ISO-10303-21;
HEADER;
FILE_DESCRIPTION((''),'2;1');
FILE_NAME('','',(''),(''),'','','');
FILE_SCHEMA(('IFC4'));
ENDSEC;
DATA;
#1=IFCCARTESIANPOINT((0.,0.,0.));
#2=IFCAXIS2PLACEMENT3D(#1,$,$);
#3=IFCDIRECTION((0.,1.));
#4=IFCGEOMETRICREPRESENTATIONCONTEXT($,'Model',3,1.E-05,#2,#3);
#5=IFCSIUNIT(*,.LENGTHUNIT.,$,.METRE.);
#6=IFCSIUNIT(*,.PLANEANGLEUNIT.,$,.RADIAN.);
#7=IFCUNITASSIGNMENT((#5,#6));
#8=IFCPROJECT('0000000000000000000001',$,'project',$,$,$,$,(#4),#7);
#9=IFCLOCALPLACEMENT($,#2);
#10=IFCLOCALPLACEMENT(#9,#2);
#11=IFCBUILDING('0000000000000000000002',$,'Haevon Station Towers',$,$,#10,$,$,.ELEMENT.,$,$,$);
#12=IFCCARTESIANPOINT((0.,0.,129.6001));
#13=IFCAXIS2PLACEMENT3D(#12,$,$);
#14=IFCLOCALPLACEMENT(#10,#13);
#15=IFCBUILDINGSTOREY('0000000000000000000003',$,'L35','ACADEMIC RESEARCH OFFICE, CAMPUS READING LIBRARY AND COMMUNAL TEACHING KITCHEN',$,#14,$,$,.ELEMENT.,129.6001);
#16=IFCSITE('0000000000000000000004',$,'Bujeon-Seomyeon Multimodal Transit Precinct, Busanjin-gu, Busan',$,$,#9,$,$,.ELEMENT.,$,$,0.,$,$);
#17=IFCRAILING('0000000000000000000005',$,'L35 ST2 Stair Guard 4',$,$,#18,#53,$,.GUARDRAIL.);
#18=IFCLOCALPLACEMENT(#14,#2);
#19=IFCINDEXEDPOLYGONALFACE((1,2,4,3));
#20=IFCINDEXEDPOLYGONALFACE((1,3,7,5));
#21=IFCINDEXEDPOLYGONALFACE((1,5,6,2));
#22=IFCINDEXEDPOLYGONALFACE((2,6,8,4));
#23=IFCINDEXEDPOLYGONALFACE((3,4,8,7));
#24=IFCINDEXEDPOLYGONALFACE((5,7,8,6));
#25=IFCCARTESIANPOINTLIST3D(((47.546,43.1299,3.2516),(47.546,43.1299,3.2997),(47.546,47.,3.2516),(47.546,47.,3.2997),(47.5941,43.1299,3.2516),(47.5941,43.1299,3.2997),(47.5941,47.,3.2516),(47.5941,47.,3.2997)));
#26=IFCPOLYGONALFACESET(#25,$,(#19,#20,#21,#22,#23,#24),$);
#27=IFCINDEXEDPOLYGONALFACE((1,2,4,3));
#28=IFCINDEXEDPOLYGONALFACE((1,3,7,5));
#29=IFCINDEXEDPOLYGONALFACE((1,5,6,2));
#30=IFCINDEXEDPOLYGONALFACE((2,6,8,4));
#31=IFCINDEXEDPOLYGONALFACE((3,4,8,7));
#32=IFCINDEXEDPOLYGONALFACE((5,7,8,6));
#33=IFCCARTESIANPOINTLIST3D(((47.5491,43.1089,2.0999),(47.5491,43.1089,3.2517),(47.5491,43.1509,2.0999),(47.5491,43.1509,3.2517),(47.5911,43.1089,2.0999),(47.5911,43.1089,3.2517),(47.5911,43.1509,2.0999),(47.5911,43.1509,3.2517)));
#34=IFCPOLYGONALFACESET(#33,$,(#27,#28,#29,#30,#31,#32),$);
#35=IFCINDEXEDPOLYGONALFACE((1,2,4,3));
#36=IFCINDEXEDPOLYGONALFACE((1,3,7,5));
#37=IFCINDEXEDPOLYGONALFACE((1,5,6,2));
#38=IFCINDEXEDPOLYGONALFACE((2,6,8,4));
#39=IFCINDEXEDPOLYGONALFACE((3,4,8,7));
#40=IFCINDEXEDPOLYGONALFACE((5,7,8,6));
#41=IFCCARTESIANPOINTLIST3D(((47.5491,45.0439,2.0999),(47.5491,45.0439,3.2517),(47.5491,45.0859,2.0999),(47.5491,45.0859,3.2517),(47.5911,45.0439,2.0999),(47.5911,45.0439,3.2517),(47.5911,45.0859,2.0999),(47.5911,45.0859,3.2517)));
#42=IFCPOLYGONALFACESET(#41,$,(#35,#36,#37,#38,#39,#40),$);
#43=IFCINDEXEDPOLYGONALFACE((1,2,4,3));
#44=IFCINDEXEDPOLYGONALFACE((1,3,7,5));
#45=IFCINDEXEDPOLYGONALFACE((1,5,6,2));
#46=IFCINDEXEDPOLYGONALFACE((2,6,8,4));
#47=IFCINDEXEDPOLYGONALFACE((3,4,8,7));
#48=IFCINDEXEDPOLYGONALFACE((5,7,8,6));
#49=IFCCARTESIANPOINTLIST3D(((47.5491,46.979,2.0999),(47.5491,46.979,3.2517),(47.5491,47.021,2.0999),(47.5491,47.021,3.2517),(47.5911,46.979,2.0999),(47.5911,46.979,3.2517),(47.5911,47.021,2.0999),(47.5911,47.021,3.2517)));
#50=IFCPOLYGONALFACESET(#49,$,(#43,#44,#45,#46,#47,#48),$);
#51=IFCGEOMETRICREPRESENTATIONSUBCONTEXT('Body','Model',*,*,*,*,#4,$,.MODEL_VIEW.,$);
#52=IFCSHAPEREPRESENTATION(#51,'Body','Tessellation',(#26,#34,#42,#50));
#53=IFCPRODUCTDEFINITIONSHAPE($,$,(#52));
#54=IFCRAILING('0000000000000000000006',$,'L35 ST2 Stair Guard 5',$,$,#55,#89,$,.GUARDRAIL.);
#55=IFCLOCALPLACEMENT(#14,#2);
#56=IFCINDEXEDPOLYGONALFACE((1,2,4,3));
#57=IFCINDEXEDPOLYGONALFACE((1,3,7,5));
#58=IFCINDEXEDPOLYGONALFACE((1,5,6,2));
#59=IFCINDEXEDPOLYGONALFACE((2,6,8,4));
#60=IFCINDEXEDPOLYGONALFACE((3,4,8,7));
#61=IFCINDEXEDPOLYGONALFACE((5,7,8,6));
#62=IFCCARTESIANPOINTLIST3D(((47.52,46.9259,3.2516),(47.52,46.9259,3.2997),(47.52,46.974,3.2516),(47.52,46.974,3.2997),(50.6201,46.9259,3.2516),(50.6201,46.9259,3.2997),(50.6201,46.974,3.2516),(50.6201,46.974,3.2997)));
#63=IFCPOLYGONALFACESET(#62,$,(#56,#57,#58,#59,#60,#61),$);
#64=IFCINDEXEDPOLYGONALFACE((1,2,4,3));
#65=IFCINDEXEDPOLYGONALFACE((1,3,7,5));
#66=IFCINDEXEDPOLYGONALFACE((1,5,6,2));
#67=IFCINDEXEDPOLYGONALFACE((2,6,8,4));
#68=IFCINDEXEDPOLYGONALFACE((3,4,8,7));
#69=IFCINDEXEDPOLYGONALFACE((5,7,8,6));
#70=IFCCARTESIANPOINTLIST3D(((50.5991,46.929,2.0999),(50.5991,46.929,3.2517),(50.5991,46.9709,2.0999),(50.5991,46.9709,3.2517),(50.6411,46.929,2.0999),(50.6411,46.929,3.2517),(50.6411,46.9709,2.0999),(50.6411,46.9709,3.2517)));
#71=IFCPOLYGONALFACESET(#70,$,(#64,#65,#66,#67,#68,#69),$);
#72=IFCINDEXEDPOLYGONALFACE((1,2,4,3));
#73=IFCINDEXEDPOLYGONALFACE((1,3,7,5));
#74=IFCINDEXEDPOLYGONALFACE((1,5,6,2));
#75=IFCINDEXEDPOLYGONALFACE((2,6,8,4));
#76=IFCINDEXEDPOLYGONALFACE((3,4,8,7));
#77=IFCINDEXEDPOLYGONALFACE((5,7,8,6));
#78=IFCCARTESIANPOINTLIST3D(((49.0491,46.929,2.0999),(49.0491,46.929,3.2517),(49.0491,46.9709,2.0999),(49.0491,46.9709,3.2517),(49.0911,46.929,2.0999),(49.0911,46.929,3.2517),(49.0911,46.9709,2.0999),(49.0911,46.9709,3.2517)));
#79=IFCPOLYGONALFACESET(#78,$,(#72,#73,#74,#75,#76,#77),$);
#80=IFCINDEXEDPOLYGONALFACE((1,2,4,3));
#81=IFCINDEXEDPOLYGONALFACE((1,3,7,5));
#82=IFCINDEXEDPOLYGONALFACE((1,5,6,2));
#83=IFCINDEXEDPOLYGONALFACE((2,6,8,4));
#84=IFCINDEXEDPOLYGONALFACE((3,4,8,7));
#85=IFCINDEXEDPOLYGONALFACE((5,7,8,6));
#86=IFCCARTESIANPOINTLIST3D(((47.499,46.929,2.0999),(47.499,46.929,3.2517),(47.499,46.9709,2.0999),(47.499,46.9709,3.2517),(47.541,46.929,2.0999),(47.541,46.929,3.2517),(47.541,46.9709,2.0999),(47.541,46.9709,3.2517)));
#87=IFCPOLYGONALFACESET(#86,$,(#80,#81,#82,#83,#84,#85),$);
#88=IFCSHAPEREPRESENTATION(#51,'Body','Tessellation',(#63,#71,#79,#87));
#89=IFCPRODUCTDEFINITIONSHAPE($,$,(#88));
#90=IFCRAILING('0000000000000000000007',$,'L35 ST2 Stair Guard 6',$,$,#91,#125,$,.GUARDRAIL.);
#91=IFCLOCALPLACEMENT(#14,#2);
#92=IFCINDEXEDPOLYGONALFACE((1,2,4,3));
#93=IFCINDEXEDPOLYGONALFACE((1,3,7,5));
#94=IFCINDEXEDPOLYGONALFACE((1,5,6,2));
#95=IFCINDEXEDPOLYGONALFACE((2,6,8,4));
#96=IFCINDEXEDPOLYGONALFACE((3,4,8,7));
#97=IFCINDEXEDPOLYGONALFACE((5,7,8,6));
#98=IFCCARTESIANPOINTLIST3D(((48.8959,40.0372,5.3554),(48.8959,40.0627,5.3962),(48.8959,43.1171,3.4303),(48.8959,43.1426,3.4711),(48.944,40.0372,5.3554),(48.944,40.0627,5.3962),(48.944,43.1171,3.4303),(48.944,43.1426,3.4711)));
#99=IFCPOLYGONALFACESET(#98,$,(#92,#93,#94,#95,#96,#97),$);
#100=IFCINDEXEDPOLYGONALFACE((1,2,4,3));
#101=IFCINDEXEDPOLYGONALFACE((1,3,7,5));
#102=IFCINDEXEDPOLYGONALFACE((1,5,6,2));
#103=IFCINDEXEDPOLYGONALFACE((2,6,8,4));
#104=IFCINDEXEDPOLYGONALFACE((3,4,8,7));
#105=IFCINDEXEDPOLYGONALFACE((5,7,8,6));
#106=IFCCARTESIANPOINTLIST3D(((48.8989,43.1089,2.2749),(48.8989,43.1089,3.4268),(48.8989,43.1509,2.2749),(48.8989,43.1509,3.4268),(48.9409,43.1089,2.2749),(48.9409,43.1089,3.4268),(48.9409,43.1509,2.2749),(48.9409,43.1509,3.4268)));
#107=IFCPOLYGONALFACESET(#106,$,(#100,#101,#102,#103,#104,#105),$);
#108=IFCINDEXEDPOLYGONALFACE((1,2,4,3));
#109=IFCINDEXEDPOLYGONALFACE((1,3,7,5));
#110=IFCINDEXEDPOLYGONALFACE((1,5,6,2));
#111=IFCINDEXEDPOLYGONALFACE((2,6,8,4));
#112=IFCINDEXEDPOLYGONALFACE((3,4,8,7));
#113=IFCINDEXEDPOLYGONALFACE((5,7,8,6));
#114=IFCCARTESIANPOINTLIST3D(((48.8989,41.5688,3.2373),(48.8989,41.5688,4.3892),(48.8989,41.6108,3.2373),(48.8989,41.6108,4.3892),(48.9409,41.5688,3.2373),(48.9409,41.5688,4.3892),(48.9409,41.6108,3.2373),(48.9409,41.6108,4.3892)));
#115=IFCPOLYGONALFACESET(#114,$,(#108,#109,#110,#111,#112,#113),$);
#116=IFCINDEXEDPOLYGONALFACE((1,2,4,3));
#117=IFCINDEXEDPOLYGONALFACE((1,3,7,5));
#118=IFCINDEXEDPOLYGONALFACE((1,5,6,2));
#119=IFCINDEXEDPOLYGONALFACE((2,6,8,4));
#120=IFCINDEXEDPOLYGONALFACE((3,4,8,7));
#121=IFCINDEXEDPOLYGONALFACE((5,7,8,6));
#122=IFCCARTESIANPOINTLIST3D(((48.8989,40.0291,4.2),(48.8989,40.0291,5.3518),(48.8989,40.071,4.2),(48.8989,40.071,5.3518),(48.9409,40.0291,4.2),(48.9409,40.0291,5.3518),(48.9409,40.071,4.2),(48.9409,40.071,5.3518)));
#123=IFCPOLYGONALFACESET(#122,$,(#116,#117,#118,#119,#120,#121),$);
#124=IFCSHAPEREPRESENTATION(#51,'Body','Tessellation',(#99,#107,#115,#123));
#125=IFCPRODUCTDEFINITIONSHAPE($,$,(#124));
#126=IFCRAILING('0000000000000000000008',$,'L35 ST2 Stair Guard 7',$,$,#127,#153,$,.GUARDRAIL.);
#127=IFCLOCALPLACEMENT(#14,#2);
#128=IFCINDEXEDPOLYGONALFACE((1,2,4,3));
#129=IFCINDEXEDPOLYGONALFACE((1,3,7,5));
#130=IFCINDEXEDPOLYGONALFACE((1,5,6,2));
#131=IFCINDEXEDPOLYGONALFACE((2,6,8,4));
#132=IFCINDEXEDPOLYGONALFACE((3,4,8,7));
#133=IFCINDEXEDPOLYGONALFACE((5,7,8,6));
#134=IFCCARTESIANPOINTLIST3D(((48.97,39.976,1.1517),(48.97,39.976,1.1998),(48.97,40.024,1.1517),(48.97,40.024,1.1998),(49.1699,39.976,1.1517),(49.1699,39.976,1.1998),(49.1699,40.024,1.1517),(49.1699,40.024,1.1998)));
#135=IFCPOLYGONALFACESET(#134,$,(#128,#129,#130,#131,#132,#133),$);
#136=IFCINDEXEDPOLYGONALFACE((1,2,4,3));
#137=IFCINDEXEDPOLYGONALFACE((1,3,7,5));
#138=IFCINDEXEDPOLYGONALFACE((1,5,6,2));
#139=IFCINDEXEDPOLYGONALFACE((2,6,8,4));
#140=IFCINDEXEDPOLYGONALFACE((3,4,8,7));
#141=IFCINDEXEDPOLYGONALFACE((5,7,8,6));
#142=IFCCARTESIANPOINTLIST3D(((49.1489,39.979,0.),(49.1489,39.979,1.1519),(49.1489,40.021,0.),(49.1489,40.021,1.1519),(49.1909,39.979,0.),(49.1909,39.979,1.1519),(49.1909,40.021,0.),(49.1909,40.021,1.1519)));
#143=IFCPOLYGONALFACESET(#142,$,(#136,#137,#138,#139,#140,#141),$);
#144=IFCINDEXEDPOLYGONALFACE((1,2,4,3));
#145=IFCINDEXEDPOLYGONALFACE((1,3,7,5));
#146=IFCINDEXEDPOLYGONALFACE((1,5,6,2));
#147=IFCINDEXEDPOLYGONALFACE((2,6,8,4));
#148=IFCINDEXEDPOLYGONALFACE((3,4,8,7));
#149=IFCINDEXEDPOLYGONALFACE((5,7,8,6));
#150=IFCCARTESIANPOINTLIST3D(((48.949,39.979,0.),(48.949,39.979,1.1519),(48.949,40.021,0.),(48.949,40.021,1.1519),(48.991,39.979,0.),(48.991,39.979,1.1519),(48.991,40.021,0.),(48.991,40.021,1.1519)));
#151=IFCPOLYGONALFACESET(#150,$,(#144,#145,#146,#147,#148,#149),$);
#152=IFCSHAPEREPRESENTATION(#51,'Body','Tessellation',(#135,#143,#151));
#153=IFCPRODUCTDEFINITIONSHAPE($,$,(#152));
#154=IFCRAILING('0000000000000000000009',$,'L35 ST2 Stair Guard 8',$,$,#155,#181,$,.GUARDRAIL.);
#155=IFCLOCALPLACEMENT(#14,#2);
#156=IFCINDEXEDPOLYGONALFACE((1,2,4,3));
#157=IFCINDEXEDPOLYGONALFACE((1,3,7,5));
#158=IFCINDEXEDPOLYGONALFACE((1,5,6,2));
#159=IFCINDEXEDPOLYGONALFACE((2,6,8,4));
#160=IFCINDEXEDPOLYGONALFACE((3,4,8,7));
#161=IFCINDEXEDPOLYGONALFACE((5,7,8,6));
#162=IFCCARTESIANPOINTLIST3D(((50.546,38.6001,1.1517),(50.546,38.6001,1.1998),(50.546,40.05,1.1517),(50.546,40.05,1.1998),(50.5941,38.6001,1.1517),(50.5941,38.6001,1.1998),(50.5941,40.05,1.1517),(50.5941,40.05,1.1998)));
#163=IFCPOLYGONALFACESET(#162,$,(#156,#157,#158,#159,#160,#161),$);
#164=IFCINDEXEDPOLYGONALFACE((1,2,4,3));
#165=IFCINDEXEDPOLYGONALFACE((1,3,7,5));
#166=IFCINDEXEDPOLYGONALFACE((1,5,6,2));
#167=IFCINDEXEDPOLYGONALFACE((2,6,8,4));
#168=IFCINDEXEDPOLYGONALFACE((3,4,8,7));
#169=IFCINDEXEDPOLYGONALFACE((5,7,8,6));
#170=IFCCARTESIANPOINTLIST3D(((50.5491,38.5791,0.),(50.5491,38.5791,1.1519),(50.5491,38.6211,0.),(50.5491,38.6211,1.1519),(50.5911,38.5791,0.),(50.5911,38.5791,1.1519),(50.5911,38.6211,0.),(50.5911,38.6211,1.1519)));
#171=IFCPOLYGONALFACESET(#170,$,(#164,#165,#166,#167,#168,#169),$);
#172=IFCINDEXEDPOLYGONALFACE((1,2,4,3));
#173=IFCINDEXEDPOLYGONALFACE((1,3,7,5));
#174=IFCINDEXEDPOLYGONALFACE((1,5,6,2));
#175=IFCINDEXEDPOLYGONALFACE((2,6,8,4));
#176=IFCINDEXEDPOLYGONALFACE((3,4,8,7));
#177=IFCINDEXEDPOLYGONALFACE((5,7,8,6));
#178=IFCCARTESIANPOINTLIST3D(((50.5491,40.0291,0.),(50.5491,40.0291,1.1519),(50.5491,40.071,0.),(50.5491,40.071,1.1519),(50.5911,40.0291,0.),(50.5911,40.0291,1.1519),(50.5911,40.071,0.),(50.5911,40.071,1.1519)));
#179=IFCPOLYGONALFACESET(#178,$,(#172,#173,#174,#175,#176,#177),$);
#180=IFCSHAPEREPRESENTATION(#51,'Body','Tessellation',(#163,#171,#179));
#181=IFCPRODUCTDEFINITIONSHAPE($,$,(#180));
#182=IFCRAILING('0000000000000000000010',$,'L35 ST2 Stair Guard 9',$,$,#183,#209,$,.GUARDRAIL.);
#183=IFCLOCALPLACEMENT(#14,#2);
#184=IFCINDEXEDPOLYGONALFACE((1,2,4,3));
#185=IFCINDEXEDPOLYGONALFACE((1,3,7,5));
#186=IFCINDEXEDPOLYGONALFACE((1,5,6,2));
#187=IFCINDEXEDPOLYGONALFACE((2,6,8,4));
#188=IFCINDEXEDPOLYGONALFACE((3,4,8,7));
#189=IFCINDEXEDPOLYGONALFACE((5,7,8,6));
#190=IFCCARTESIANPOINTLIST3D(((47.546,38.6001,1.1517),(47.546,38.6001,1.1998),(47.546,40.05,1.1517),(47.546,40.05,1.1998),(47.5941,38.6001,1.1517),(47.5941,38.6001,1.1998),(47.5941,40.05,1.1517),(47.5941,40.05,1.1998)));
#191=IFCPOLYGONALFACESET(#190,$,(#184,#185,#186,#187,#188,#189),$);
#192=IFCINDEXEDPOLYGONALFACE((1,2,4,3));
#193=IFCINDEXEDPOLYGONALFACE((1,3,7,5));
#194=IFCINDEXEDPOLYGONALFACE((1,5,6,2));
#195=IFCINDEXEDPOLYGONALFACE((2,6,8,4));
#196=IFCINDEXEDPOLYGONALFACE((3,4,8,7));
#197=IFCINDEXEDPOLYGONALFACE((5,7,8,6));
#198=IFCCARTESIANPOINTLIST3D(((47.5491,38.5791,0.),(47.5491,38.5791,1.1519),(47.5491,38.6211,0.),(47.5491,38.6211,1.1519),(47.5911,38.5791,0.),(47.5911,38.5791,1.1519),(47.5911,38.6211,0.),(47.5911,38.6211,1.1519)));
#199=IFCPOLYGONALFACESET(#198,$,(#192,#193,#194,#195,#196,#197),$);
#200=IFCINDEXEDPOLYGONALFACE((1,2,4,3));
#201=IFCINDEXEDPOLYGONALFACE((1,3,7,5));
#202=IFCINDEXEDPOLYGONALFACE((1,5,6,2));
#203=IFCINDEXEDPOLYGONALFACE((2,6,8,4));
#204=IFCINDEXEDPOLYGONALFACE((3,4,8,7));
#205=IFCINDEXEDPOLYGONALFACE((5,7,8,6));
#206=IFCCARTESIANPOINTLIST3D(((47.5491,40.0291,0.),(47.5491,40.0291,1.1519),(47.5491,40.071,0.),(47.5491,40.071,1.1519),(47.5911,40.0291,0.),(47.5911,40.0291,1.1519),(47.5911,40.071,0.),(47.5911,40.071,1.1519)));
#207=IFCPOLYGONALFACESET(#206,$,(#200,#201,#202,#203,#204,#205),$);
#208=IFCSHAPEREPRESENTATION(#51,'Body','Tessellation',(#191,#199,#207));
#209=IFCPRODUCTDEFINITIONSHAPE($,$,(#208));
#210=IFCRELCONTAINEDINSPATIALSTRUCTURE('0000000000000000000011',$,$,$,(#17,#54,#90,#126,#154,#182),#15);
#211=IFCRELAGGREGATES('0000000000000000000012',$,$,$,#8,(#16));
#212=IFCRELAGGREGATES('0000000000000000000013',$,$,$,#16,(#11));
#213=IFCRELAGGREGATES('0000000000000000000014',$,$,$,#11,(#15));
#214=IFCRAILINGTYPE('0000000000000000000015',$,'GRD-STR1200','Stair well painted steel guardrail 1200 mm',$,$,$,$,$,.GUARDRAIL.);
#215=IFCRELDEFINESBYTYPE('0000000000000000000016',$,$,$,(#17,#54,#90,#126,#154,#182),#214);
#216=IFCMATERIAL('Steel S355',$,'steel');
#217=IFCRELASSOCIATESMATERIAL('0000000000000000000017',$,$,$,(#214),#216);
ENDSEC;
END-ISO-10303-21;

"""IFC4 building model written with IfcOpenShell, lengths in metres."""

from ifc_helpers import new_model, si_unit, direction, frame, origin, origin_2d, place, context, subcontext, project, spatial, rectangle, extrude, material, type_object, element, save


model = new_model("IFC4")

# Units and contexts
model_context = context("Model", 3, precision=1e-05, world=origin(), true_north=direction((0.0, 1.0)))
body_context = subcontext(model_context, "Body", "Model", "MODEL_VIEW")
ifc_project = project(units=[si_unit("LENGTHUNIT", "METRE"), si_unit("PLANEANGLEUNIT", "RADIAN")], contexts=[model_context])

# Site, building, storey
site_placement = place(None, origin())
site = spatial("IfcSite", under=ifc_project, at=site_placement, Name="Bujeon-Seomyeon Multimodal Transit Precinct, Busanjin-gu, Busan", CompositionType="ELEMENT", RefElevation=0.0)
building_placement = place(site_placement, origin())
building = spatial("IfcBuilding", under=site, at=building_placement, Name="Haevon Station Towers", CompositionType="ELEMENT")
storey_placement = place(building_placement, frame((0.0, 0.0, 129.6001)))
storey = spatial("IfcBuildingStorey", under=building, at=storey_placement, Name="L35", Description="ACADEMIC RESEARCH OFFICE, CAMPUS READING LIBRARY AND COMMUNAL TEACHING KITCHEN", CompositionType="ELEMENT", Elevation=129.6001)

# Shared definitions
ifc_material_1 = material(Name="Steel S355", Category="steel")

# Railings
railing_type_1 = type_object("IfcRailingType", Name="GRD-STR1200", Description="Stair well painted steel guardrail 1200 mm", PredefinedType="GUARDRAIL", material=ifc_material_1)
for number, where, name in (
    (1, (47.5701, 43.1299, 2.0999), "L35 ST2 Stair Guard 4"),
):
    element("IfcRailing", number, at=place(storey_placement, frame(where)), inside=storey, type_object=railing_type_1, Name=name, PredefinedType="GUARDRAIL", context=body_context, shape_type="SweptSolid", body=[
        extrude(rectangle(XDim=0.0481, YDim=0.0481, at=origin_2d()), frame((0.0, 0.0, 1.1758), z_axis=(0.0, 1.0, 0.0), x_axis=(-1.0, 0.0, 0.0)), (0.0, 0.0, 1.0), 3.8701),
        extrude(rectangle(XDim=0.042, YDim=0.042, at=origin_2d()), origin(), (0.0, 0.0, 1.0), 1.1519),
        extrude(rectangle(XDim=0.042, YDim=0.042, at=origin_2d()), frame((0.0, 1.9351, 0.0)), (0.0, 0.0, 1.0), 1.1519),
        extrude(rectangle(XDim=0.042, YDim=0.042, at=origin_2d()), frame((0.0, 3.8701, 0.0)), (0.0, 0.0, 1.0), 1.1519),
    ])
railing_1_placement = place(storey_placement, frame((50.6201, 46.95, 2.0999)))
element("IfcRailing", 2, at=railing_1_placement, inside=storey, type_object=railing_type_1, Name="L35 ST2 Stair Guard 5", PredefinedType="GUARDRAIL", context=body_context, shape_type="SweptSolid", body=[
    extrude(rectangle(XDim=0.0481, YDim=0.0481, at=origin_2d()), frame((0.0, 0.0, 1.1758), z_axis=(-1.0, 0.0, 0.0), x_axis=(0.0, -1.0, 0.0)), (0.0, 0.0, 1.0), 3.1001),
    extrude(rectangle(XDim=0.042, YDim=0.042, at=origin_2d()), origin(), (0.0, 0.0, 1.0), 1.1519),
    extrude(rectangle(XDim=0.042, YDim=0.042, at=origin_2d()), frame((-1.55, 0.0, 0.0)), (0.0, 0.0, 1.0), 1.1519),
    extrude(rectangle(XDim=0.042, YDim=0.042, at=origin_2d()), frame((-3.1001, 0.0, 0.0)), (0.0, 0.0, 1.0), 1.1519),
])
railing_2_placement = place(storey_placement, frame((48.9199, 43.1299, 2.2749)))
element("IfcRailing", 3, at=railing_2_placement, inside=storey, type_object=railing_type_1, Name="L35 ST2 Stair Guard 6", PredefinedType="GUARDRAIL", context=body_context, shape_type="SweptSolid", body=[
    extrude(rectangle(XDim=0.0481, YDim=0.0481, at=origin_2d()), frame((0.0, 0.0, 1.1758), z_axis=(0.0, -0.847979, 0.530029), x_axis=(1.0, 0.0, 0.0)), (0.0, 0.0, 1.0), 3.6321),
    extrude(rectangle(XDim=0.042, YDim=0.042, at=origin_2d()), origin(), (0.0, 0.0, 1.0), 1.1519),
    extrude(rectangle(XDim=0.042, YDim=0.042, at=origin_2d()), frame((0.0, -1.54, 0.9624)), (0.0, 0.0, 1.0), 1.1519),
    extrude(rectangle(XDim=0.042, YDim=0.042, at=origin_2d()), frame((0.0, -3.0798, 1.925)), (0.0, 0.0, 1.0), 1.1519),
])
railing_3_placement = place(storey_placement, frame((49.1699, 40.0, 0.0)))
element("IfcRailing", 4, at=railing_3_placement, inside=storey, type_object=railing_type_1, Name="L35 ST2 Stair Guard 7", PredefinedType="GUARDRAIL", context=body_context, shape_type="SweptSolid", body=[
    extrude(rectangle(XDim=0.0481, YDim=0.0481, at=origin_2d()), frame((0.0, 0.0, 1.1758), z_axis=(-1.0, 0.0, 0.0), x_axis=(0.0, -1.0, 0.0)), (0.0, 0.0, 1.0), 0.2),
    extrude(rectangle(XDim=0.042, YDim=0.042, at=origin_2d()), origin(), (0.0, 0.0, 1.0), 1.1519),
    extrude(rectangle(XDim=0.042, YDim=0.042, at=origin_2d()), frame((-0.2, 0.0, 0.0)), (0.0, 0.0, 1.0), 1.1519),
])
for number, where, name in (
    (5, (50.5701, 38.6001, 0.0), "L35 ST2 Stair Guard 8"),
    (6, (47.5701, 38.6001, 0.0), "L35 ST2 Stair Guard 9"),
):
    element("IfcRailing", number, at=place(storey_placement, frame(where)), inside=storey, type_object=railing_type_1, Name=name, PredefinedType="GUARDRAIL", context=body_context, shape_type="SweptSolid", body=[
        extrude(rectangle(XDim=0.0481, YDim=0.0481, at=origin_2d()), frame((0.0, 0.0, 1.1758), z_axis=(0.0, 1.0, 0.0), x_axis=(-1.0, 0.0, 0.0)), (0.0, 0.0, 1.0), 1.45),
        extrude(rectangle(XDim=0.042, YDim=0.042, at=origin_2d()), origin(), (0.0, 0.0, 1.0), 1.1519),
        extrude(rectangle(XDim=0.042, YDim=0.042, at=origin_2d()), frame((0.0, 1.45, 0.0)), (0.0, 0.0, 1.0), 1.1519),
    ])

save(model, "model.ifc")
